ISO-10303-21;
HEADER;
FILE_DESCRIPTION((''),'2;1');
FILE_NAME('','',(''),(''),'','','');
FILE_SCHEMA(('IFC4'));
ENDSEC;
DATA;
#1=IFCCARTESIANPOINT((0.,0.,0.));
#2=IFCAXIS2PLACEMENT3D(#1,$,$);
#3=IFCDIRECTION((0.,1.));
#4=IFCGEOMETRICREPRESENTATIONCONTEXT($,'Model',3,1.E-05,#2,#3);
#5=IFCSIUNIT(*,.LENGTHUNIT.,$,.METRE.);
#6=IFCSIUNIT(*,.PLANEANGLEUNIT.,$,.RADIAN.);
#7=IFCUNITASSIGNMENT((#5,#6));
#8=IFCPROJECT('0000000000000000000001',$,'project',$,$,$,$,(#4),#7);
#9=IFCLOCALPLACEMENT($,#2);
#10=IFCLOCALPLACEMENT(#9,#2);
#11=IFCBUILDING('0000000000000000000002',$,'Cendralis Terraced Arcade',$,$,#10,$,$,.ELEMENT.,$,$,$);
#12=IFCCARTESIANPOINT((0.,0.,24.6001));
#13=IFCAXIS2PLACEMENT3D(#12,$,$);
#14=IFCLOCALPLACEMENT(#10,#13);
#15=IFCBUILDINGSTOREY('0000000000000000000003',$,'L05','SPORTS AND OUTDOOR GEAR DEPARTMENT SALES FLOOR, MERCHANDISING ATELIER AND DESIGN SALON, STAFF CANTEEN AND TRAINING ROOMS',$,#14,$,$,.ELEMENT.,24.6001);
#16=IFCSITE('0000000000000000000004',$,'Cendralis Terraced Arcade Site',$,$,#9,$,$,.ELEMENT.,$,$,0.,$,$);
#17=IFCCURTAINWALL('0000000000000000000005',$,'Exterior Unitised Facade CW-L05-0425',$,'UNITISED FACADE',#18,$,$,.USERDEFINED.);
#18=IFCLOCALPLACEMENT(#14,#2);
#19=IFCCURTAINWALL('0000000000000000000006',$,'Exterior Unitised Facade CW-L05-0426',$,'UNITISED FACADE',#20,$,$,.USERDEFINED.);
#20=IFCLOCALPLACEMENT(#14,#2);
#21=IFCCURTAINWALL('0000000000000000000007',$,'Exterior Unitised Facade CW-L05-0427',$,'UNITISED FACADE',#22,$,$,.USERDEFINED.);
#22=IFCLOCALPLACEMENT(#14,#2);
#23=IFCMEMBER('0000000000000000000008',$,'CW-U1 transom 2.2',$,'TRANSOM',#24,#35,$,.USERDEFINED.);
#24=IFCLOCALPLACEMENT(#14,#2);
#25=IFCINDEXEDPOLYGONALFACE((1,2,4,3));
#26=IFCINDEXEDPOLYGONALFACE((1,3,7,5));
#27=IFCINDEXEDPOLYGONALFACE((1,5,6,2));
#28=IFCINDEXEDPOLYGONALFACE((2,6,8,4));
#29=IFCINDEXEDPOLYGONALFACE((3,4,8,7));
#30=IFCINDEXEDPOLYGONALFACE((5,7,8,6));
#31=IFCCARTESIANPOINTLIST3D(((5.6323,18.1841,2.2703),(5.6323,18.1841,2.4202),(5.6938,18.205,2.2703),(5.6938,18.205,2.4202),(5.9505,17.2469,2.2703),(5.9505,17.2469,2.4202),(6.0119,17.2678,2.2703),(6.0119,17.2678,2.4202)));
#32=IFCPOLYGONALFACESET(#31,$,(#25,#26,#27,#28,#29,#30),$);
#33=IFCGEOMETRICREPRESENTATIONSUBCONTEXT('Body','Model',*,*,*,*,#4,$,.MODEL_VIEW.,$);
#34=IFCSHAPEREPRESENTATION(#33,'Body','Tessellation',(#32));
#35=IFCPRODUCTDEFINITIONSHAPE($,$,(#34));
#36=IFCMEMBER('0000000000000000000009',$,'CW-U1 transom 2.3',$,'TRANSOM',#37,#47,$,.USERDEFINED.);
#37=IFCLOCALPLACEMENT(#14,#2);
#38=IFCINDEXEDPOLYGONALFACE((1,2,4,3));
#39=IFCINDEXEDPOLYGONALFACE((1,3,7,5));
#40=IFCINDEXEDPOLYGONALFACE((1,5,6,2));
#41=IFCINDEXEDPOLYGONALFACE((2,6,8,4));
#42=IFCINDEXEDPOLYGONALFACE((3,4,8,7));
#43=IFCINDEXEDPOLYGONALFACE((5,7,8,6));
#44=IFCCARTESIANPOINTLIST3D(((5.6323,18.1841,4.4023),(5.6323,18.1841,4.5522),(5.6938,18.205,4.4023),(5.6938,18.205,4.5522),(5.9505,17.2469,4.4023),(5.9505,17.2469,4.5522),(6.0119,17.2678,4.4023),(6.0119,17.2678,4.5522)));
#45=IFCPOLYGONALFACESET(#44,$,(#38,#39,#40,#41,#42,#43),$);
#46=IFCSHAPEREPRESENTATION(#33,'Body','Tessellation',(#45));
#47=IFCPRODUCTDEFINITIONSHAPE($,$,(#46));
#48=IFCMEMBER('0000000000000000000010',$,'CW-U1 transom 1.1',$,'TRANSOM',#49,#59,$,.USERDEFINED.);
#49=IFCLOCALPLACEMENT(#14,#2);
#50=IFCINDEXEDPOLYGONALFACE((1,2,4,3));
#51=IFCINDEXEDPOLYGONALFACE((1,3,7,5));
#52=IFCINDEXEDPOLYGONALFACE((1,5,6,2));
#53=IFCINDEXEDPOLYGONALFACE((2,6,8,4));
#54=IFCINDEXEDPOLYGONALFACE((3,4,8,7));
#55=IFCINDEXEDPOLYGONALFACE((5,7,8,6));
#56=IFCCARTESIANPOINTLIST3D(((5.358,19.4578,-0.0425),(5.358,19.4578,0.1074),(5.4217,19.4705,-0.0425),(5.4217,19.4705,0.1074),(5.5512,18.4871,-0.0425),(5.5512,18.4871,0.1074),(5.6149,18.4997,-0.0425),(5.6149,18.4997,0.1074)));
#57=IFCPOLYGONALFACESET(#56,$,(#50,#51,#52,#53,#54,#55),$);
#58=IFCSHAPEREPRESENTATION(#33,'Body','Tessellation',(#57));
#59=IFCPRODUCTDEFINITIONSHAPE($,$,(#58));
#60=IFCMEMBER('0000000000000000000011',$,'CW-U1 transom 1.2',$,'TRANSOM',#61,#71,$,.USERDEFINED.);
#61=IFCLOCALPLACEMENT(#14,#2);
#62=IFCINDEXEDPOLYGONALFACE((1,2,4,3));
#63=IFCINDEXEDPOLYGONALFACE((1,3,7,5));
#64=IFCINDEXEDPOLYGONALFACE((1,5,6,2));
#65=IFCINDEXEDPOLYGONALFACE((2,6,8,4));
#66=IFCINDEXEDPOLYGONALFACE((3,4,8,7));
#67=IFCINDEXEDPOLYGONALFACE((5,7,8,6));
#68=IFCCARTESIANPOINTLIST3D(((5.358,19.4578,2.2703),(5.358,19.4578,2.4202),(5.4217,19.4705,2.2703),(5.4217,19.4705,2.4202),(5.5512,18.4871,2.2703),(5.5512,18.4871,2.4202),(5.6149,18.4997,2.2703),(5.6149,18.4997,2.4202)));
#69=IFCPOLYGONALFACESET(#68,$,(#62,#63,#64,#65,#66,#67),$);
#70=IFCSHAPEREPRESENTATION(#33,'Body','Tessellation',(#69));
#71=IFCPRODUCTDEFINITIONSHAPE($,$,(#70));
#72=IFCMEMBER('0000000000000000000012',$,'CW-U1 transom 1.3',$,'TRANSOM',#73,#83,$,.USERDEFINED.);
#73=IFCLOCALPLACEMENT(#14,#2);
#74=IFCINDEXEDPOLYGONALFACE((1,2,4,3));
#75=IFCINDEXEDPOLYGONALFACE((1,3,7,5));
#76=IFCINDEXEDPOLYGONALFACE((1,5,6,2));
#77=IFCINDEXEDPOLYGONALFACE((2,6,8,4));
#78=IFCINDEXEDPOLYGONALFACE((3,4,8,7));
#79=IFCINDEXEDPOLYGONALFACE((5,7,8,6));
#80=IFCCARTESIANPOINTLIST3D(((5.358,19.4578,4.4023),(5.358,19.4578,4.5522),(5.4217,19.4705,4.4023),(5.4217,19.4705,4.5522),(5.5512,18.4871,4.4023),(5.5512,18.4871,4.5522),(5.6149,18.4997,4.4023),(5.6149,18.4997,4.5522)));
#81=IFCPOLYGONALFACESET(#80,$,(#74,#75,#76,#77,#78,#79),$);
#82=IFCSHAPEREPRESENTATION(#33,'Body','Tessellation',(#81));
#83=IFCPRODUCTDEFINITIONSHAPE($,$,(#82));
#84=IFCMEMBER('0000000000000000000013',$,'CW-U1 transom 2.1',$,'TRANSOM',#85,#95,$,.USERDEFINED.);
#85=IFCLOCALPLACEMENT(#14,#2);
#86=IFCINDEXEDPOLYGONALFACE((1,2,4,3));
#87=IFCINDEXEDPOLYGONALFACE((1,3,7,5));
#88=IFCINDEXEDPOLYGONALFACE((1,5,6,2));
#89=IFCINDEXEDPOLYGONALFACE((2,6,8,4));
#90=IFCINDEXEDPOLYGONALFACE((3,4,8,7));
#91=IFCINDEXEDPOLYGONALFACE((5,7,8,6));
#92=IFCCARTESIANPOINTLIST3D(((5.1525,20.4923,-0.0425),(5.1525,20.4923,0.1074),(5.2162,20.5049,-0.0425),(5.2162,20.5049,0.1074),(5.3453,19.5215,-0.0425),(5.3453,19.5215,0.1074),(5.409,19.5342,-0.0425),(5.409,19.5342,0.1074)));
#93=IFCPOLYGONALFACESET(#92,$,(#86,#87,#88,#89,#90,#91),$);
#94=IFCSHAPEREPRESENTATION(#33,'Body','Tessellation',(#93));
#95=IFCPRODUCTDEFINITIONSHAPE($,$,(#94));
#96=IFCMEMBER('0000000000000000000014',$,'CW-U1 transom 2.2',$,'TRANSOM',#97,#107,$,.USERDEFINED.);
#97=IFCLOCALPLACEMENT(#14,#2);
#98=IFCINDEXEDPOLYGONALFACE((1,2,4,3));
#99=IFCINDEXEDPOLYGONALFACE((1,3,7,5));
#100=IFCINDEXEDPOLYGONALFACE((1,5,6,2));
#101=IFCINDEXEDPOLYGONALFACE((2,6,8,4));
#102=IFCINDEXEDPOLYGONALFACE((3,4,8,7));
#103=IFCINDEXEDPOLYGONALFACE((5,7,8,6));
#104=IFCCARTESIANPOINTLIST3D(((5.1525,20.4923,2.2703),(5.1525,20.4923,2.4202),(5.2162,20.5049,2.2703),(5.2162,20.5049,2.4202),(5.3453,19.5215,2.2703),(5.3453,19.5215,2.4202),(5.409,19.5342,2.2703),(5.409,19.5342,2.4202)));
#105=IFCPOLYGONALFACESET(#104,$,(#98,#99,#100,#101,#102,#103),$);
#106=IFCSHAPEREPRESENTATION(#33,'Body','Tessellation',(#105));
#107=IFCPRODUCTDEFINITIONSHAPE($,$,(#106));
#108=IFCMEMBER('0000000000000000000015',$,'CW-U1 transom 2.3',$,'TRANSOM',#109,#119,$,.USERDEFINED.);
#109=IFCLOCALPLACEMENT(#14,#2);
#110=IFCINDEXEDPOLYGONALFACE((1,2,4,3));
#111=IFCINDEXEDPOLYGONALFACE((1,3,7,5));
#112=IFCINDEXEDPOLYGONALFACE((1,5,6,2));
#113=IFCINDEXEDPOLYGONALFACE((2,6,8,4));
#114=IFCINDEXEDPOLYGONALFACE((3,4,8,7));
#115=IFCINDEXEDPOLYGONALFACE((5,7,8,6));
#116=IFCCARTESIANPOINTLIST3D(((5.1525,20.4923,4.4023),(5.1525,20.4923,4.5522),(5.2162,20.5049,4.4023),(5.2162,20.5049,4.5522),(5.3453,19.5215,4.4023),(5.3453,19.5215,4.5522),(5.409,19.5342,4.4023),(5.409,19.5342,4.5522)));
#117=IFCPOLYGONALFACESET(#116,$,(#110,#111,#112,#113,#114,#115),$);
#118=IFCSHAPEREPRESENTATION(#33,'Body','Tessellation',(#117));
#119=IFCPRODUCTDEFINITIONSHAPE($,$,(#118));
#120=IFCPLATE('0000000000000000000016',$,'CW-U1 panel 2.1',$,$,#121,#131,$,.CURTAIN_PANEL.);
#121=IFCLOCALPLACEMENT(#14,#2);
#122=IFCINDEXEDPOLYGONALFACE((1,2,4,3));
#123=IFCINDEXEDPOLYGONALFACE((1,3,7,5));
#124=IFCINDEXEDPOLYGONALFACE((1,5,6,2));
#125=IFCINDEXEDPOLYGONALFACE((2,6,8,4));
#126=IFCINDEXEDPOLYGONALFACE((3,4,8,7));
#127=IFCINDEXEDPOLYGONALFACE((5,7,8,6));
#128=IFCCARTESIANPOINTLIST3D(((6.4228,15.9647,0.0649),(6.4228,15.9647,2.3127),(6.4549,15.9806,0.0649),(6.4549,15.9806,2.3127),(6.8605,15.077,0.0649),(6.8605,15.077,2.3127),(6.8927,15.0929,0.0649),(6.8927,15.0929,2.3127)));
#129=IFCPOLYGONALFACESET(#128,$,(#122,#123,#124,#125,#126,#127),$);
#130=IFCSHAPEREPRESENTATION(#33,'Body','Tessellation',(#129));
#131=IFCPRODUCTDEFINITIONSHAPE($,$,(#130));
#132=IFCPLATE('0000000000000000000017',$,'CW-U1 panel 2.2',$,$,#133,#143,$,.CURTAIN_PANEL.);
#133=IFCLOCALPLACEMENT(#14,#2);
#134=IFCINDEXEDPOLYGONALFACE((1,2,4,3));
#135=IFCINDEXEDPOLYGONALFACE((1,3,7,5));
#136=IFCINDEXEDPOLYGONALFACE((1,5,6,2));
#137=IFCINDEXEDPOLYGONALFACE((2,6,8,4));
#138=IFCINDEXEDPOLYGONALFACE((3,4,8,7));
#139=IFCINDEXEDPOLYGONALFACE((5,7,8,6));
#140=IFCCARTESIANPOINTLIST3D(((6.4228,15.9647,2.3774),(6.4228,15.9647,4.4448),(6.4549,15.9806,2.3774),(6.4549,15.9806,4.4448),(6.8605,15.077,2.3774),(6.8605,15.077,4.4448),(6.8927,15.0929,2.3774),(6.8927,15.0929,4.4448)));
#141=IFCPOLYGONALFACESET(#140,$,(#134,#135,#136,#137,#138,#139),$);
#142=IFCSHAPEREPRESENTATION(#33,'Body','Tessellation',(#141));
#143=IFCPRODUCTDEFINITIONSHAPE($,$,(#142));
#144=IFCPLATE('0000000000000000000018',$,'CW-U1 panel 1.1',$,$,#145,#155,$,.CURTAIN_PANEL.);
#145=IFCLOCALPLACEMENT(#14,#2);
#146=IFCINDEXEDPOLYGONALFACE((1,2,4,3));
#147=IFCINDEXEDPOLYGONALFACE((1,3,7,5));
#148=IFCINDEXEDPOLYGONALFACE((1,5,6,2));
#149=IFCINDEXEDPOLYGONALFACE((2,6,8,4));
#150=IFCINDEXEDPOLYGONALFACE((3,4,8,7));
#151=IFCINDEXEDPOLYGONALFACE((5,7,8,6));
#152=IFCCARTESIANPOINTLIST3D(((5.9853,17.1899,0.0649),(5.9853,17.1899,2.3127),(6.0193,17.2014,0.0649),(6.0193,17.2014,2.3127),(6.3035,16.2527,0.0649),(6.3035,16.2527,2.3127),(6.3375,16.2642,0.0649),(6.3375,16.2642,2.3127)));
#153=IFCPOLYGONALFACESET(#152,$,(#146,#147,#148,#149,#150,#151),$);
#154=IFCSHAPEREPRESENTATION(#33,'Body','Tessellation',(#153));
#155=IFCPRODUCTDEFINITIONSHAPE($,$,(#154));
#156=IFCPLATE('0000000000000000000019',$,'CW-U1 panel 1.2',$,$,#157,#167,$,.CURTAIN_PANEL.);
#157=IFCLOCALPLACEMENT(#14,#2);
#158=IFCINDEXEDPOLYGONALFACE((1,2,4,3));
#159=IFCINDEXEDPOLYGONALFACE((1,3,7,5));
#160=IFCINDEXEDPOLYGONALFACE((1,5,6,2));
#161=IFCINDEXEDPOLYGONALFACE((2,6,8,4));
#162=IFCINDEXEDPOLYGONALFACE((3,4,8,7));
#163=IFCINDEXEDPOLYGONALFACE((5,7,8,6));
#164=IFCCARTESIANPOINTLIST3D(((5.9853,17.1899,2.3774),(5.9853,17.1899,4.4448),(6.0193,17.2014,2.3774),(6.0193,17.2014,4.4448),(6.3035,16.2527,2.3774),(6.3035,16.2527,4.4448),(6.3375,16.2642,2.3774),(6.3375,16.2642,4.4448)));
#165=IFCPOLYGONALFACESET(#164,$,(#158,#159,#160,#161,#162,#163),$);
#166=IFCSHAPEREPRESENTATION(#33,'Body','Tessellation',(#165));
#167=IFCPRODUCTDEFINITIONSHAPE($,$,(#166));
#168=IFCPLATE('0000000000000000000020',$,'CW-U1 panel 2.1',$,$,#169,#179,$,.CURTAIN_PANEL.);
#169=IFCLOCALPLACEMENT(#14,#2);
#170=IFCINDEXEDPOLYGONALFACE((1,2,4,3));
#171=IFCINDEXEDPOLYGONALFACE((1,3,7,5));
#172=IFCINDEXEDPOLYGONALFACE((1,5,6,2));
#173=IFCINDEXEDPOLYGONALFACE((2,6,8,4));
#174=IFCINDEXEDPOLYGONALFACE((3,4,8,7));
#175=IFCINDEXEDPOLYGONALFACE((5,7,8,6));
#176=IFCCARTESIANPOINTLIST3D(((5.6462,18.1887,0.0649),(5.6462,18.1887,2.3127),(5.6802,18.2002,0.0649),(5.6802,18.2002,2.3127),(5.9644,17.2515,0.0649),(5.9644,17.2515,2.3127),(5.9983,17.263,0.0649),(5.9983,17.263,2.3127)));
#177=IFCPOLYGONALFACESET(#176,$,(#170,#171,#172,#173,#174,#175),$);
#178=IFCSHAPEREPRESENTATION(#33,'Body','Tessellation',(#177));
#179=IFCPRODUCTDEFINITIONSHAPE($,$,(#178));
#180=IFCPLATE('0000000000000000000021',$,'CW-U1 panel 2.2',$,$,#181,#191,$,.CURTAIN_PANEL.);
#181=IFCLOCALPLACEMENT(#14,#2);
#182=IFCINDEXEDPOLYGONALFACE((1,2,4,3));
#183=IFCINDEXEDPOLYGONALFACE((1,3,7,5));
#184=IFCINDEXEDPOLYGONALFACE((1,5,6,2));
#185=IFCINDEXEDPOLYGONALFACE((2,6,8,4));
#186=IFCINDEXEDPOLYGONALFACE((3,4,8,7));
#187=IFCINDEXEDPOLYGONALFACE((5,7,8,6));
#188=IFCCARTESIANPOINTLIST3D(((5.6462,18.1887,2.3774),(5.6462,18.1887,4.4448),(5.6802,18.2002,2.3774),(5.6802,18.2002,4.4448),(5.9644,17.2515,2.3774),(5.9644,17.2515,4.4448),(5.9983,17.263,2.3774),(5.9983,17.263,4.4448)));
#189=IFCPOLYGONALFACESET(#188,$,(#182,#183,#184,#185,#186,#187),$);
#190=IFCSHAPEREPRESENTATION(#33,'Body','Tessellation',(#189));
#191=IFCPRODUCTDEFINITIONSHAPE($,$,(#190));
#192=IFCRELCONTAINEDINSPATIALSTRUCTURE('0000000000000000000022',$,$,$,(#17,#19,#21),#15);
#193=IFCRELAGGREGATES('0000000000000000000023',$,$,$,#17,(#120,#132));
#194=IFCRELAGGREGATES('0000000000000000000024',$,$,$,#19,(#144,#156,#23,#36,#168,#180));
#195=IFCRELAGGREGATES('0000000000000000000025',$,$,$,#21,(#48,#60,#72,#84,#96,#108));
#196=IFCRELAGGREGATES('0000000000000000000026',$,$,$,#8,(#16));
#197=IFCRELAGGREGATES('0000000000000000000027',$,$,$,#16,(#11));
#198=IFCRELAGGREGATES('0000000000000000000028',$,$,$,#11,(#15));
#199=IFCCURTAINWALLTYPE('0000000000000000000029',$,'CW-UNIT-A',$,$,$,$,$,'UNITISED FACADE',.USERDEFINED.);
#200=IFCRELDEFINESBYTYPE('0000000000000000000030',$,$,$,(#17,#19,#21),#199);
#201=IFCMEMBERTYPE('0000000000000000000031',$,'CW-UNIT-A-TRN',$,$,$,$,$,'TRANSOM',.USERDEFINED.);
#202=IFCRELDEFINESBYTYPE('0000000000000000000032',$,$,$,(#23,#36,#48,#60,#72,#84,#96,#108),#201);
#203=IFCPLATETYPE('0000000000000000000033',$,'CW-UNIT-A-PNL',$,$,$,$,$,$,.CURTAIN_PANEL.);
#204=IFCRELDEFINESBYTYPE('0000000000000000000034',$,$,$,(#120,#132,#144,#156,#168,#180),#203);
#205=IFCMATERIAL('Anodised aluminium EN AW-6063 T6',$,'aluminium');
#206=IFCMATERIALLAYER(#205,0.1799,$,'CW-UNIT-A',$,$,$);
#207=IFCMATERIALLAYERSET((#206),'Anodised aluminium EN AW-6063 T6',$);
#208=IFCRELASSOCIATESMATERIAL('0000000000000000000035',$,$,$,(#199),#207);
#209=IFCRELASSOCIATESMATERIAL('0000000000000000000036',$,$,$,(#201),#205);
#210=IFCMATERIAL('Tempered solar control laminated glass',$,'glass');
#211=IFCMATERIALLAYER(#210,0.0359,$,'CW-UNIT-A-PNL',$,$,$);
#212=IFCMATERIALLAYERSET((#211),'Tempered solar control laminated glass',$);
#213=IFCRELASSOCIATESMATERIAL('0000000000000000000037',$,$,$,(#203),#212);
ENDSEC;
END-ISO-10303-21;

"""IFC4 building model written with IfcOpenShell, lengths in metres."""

from ifc_helpers import new_model, si_unit, direction, frame, origin, origin_2d, place, context, subcontext, project, spatial, rectangle, extrude, material, layer, layer_set, material_profile, profile_set, type_object, element, aggregate, save


model = new_model("IFC4")

# Units and contexts
model_context = context("Model", 3, precision=1e-05, world=origin(), true_north=direction((0.0, 1.0)))
body_context = subcontext(model_context, "Body", "Model", "MODEL_VIEW")
ifc_project = project(units=[si_unit("LENGTHUNIT", "METRE"), si_unit("PLANEANGLEUNIT", "RADIAN")], contexts=[model_context])

# Site, building, storey
site_placement = place(None, origin())
site = spatial("IfcSite", under=ifc_project, at=site_placement, Name="Cendralis Terraced Arcade Site", CompositionType="ELEMENT", RefElevation=0.0)
building_placement = place(site_placement, origin())
building = spatial("IfcBuilding", under=site, at=building_placement, Name="Cendralis Terraced Arcade", CompositionType="ELEMENT")
storey_placement = place(building_placement, frame((0.0, 0.0, 24.6001)))
storey = spatial("IfcBuildingStorey", under=building, at=storey_placement, Name="L05", Description="SPORTS AND OUTDOOR GEAR DEPARTMENT SALES FLOOR, MERCHANDISING ATELIER AND DESIGN SALON, STAFF CANTEEN AND TRAINING ROOMS", CompositionType="ELEMENT", Elevation=24.6001)

# Curtain walls
ifc_material_1 = material(Name="Anodised aluminium EN AW-6063 T6", Category="aluminium")
ifc_layer_1 = layer(ifc_material_1, 0.1799, Name="CW-UNIT-A")
ifc_layer_set_1 = layer_set([ifc_layer_1], Name="Anodised aluminium EN AW-6063 T6")
curtain_wall_type = type_object("IfcCurtainWallType", Name="CW-UNIT-A", ElementType="UNITISED FACADE", PredefinedType="USERDEFINED", material=ifc_layer_set_1)
curtain_wall_1_placement = place(storey_placement, origin())
curtain_wall_1 = element("IfcCurtainWall", 1, at=curtain_wall_1_placement, inside=storey, type_object=curtain_wall_type, Name="Exterior Unitised Facade CW-L05-0425", ObjectType="UNITISED FACADE", PredefinedType="USERDEFINED")
curtain_wall_2_placement = place(storey_placement, origin())
curtain_wall_2 = element("IfcCurtainWall", 2, at=curtain_wall_2_placement, inside=storey, type_object=curtain_wall_type, Name="Exterior Unitised Facade CW-L05-0426", ObjectType="UNITISED FACADE", PredefinedType="USERDEFINED")
curtain_wall_3_placement = place(storey_placement, origin())
curtain_wall_3 = element("IfcCurtainWall", 3, at=curtain_wall_3_placement, inside=storey, type_object=curtain_wall_type, Name="Exterior Unitised Facade CW-L05-0427", ObjectType="UNITISED FACADE", PredefinedType="USERDEFINED")

# Members
ifc_material_profile_1 = material_profile(ifc_material_1, rectangle(XDim=0.0649, YDim=0.1499, at=origin_2d()), Name="ALU-TRN-65x150")
ifc_profile_set_1 = profile_set([ifc_material_profile_1], Name="Anodised aluminium EN AW-6063 T6")
member_type_1 = type_object("IfcMemberType", Name="CW-UNIT-A-TRN", ElementType="TRANSOM", PredefinedType="USERDEFINED", material=ifc_profile_set_1)
member_1_placement = place(storey_placement, frame((5.9812, 17.2573, 2.3452), z_axis=(-0.321403, 0.946943, 0.0), x_axis=(-0.946943, -0.321403, 0.0)))
member_1 = element("IfcMember", 4, at=member_1_placement, type_object=member_type_1, Name="CW-U1 transom 2.2", ObjectType="TRANSOM", PredefinedType="USERDEFINED", context=body_context, shape_type="SweptSolid", body=[
    extrude(rectangle(XDim=0.0649, YDim=0.1499, at=origin_2d()), origin(), (0.0, 0.0, 1.0), 0.9897),
])
member_2_placement = place(storey_placement, frame((5.9812, 17.2573, 4.4773), z_axis=(-0.321403, 0.946943, 0.0), x_axis=(-0.946943, -0.321403, 0.0)))
member_2 = element("IfcMember", 5, at=member_2_placement, type_object=member_type_1, Name="CW-U1 transom 2.3", ObjectType="TRANSOM", PredefinedType="USERDEFINED", context=body_context, shape_type="SweptSolid", body=[
    extrude(rectangle(XDim=0.0649, YDim=0.1499, at=origin_2d()), origin(), (0.0, 0.0, 1.0), 0.9897),
])
member_3_placement = place(storey_placement, frame((5.583, 18.4934, 0.0325), z_axis=(-0.19512, 0.980779, 0.0), x_axis=(-0.980779, -0.19512, 0.0)))
member_3 = element("IfcMember", 6, at=member_3_placement, type_object=member_type_1, Name="CW-U1 transom 1.1", ObjectType="TRANSOM", PredefinedType="USERDEFINED", context=body_context, shape_type="SweptSolid", body=[
    extrude(rectangle(XDim=0.0649, YDim=0.1499, at=origin_2d()), origin(), (0.0, 0.0, 1.0), 0.9897),
])
member_4_placement = place(storey_placement, frame((5.583, 18.4934, 2.3452), z_axis=(-0.19512, 0.980779, 0.0), x_axis=(-0.980779, -0.19512, 0.0)))
member_4 = element("IfcMember", 7, at=member_4_placement, type_object=member_type_1, Name="CW-U1 transom 1.2", ObjectType="TRANSOM", PredefinedType="USERDEFINED", context=body_context, shape_type="SweptSolid", body=[
    extrude(rectangle(XDim=0.0649, YDim=0.1499, at=origin_2d()), origin(), (0.0, 0.0, 1.0), 0.9897),
])
member_5_placement = place(storey_placement, frame((5.583, 18.4934, 4.4773), z_axis=(-0.19512, 0.980779, 0.0), x_axis=(-0.980779, -0.19512, 0.0)))
member_5 = element("IfcMember", 8, at=member_5_placement, type_object=member_type_1, Name="CW-U1 transom 1.3", ObjectType="TRANSOM", PredefinedType="USERDEFINED", context=body_context, shape_type="SweptSolid", body=[
    extrude(rectangle(XDim=0.0649, YDim=0.1499, at=origin_2d()), origin(), (0.0, 0.0, 1.0), 0.9897),
])
member_6_placement = place(storey_placement, frame((5.3772, 19.5278, 0.0325), z_axis=(-0.194883, 0.980827, 0.0), x_axis=(-0.980827, -0.194883, 0.0)))
member_6 = element("IfcMember", 9, at=member_6_placement, type_object=member_type_1, Name="CW-U1 transom 2.1", ObjectType="TRANSOM", PredefinedType="USERDEFINED", context=body_context, shape_type="SweptSolid", body=[
    extrude(rectangle(XDim=0.0649, YDim=0.1499, at=origin_2d()), origin(), (0.0, 0.0, 1.0), 0.9897),
])
member_7_placement = place(storey_placement, frame((5.3772, 19.5278, 2.3452), z_axis=(-0.194883, 0.980827, 0.0), x_axis=(-0.980827, -0.194883, 0.0)))
member_7 = element("IfcMember", 10, at=member_7_placement, type_object=member_type_1, Name="CW-U1 transom 2.2", ObjectType="TRANSOM", PredefinedType="USERDEFINED", context=body_context, shape_type="SweptSolid", body=[
    extrude(rectangle(XDim=0.0649, YDim=0.1499, at=origin_2d()), origin(), (0.0, 0.0, 1.0), 0.9897),
])
member_8_placement = place(storey_placement, frame((5.3772, 19.5278, 4.4773), z_axis=(-0.194883, 0.980827, 0.0), x_axis=(-0.980827, -0.194883, 0.0)))
member_8 = element("IfcMember", 11, at=member_8_placement, type_object=member_type_1, Name="CW-U1 transom 2.3", ObjectType="TRANSOM", PredefinedType="USERDEFINED", context=body_context, shape_type="SweptSolid", body=[
    extrude(rectangle(XDim=0.0649, YDim=0.1499, at=origin_2d()), origin(), (0.0, 0.0, 1.0), 0.9897),
])

# Plates
ifc_material_2 = material(Name="Tempered solar control laminated glass", Category="glass")
ifc_layer_2 = layer(ifc_material_2, 0.0359, Name="CW-UNIT-A-PNL")
ifc_layer_set_2 = layer_set([ifc_layer_2], Name="Tempered solar control laminated glass")
plate_type = type_object("IfcPlateType", Name="CW-UNIT-A-PNL", PredefinedType="CURTAIN_PANEL", material=ifc_layer_set_2)
plate_1_placement = place(storey_placement, frame((6.6577, 15.5288, 0.0649), z_axis=(0.0, 0.0, 1.0), x_axis=(-0.442259, 0.896888, 0.0)))
plate_1 = element("IfcPlate", 12, at=plate_1_placement, type_object=plate_type, Name="CW-U1 panel 2.1", PredefinedType="CURTAIN_PANEL", context=body_context, shape_type="SweptSolid", body=[
    extrude(rectangle(XDim=0.9897, YDim=0.0359, at=origin_2d()), origin(), (0.0, 0.0, 1.0), 2.2478),
])
plate_2_placement = place(storey_placement, frame((6.6577, 15.5288, 2.3774), z_axis=(0.0, 0.0, 1.0), x_axis=(-0.442259, 0.896888, 0.0)))
plate_2 = element("IfcPlate", 13, at=plate_2_placement, type_object=plate_type, Name="CW-U1 panel 2.2", PredefinedType="CURTAIN_PANEL", context=body_context, shape_type="SweptSolid", body=[
    extrude(rectangle(XDim=0.9897, YDim=0.0359, at=origin_2d()), origin(), (0.0, 0.0, 1.0), 2.0674),
])
aggregate(curtain_wall_1, [plate_1, plate_2])
plate_3_placement = place(storey_placement, frame((6.1614, 16.7271, 0.0649), z_axis=(0.0, 0.0, 1.0), x_axis=(-0.321479, 0.946917, 0.0)))
plate_3 = element("IfcPlate", 14, at=plate_3_placement, type_object=plate_type, Name="CW-U1 panel 1.1", PredefinedType="CURTAIN_PANEL", context=body_context, shape_type="SweptSolid", body=[
    extrude(rectangle(XDim=0.9897, YDim=0.0359, at=origin_2d()), origin(), (0.0, 0.0, 1.0), 2.2478),
])
plate_4_placement = place(storey_placement, frame((6.1614, 16.7271, 2.3774), z_axis=(0.0, 0.0, 1.0), x_axis=(-0.321479, 0.946917, 0.0)))
plate_4 = element("IfcPlate", 15, at=plate_4_placement, type_object=plate_type, Name="CW-U1 panel 1.2", PredefinedType="CURTAIN_PANEL", context=body_context, shape_type="SweptSolid", body=[
    extrude(rectangle(XDim=0.9897, YDim=0.0359, at=origin_2d()), origin(), (0.0, 0.0, 1.0), 2.0674),
])
plate_5_placement = place(storey_placement, frame((5.8223, 17.7258, 0.0649), z_axis=(0.0, 0.0, 1.0), x_axis=(-0.321479, 0.946917, 0.0)))
plate_5 = element("IfcPlate", 16, at=plate_5_placement, type_object=plate_type, Name="CW-U1 panel 2.1", PredefinedType="CURTAIN_PANEL", context=body_context, shape_type="SweptSolid", body=[
    extrude(rectangle(XDim=0.9897, YDim=0.0359, at=origin_2d()), origin(), (0.0, 0.0, 1.0), 2.2478),
])
plate_6_placement = place(storey_placement, frame((5.8223, 17.7258, 2.3774), z_axis=(0.0, 0.0, 1.0), x_axis=(-0.321479, 0.946917, 0.0)))
plate_6 = element("IfcPlate", 17, at=plate_6_placement, type_object=plate_type, Name="CW-U1 panel 2.2", PredefinedType="CURTAIN_PANEL", context=body_context, shape_type="SweptSolid", body=[
    extrude(rectangle(XDim=0.9897, YDim=0.0359, at=origin_2d()), origin(), (0.0, 0.0, 1.0), 2.0674),
])
aggregate(curtain_wall_2, [plate_3, plate_4, member_1, member_2, plate_5, plate_6])
aggregate(curtain_wall_3, [member_3, member_4, member_5, member_6, member_7, member_8])

save(model, "model.ifc")
